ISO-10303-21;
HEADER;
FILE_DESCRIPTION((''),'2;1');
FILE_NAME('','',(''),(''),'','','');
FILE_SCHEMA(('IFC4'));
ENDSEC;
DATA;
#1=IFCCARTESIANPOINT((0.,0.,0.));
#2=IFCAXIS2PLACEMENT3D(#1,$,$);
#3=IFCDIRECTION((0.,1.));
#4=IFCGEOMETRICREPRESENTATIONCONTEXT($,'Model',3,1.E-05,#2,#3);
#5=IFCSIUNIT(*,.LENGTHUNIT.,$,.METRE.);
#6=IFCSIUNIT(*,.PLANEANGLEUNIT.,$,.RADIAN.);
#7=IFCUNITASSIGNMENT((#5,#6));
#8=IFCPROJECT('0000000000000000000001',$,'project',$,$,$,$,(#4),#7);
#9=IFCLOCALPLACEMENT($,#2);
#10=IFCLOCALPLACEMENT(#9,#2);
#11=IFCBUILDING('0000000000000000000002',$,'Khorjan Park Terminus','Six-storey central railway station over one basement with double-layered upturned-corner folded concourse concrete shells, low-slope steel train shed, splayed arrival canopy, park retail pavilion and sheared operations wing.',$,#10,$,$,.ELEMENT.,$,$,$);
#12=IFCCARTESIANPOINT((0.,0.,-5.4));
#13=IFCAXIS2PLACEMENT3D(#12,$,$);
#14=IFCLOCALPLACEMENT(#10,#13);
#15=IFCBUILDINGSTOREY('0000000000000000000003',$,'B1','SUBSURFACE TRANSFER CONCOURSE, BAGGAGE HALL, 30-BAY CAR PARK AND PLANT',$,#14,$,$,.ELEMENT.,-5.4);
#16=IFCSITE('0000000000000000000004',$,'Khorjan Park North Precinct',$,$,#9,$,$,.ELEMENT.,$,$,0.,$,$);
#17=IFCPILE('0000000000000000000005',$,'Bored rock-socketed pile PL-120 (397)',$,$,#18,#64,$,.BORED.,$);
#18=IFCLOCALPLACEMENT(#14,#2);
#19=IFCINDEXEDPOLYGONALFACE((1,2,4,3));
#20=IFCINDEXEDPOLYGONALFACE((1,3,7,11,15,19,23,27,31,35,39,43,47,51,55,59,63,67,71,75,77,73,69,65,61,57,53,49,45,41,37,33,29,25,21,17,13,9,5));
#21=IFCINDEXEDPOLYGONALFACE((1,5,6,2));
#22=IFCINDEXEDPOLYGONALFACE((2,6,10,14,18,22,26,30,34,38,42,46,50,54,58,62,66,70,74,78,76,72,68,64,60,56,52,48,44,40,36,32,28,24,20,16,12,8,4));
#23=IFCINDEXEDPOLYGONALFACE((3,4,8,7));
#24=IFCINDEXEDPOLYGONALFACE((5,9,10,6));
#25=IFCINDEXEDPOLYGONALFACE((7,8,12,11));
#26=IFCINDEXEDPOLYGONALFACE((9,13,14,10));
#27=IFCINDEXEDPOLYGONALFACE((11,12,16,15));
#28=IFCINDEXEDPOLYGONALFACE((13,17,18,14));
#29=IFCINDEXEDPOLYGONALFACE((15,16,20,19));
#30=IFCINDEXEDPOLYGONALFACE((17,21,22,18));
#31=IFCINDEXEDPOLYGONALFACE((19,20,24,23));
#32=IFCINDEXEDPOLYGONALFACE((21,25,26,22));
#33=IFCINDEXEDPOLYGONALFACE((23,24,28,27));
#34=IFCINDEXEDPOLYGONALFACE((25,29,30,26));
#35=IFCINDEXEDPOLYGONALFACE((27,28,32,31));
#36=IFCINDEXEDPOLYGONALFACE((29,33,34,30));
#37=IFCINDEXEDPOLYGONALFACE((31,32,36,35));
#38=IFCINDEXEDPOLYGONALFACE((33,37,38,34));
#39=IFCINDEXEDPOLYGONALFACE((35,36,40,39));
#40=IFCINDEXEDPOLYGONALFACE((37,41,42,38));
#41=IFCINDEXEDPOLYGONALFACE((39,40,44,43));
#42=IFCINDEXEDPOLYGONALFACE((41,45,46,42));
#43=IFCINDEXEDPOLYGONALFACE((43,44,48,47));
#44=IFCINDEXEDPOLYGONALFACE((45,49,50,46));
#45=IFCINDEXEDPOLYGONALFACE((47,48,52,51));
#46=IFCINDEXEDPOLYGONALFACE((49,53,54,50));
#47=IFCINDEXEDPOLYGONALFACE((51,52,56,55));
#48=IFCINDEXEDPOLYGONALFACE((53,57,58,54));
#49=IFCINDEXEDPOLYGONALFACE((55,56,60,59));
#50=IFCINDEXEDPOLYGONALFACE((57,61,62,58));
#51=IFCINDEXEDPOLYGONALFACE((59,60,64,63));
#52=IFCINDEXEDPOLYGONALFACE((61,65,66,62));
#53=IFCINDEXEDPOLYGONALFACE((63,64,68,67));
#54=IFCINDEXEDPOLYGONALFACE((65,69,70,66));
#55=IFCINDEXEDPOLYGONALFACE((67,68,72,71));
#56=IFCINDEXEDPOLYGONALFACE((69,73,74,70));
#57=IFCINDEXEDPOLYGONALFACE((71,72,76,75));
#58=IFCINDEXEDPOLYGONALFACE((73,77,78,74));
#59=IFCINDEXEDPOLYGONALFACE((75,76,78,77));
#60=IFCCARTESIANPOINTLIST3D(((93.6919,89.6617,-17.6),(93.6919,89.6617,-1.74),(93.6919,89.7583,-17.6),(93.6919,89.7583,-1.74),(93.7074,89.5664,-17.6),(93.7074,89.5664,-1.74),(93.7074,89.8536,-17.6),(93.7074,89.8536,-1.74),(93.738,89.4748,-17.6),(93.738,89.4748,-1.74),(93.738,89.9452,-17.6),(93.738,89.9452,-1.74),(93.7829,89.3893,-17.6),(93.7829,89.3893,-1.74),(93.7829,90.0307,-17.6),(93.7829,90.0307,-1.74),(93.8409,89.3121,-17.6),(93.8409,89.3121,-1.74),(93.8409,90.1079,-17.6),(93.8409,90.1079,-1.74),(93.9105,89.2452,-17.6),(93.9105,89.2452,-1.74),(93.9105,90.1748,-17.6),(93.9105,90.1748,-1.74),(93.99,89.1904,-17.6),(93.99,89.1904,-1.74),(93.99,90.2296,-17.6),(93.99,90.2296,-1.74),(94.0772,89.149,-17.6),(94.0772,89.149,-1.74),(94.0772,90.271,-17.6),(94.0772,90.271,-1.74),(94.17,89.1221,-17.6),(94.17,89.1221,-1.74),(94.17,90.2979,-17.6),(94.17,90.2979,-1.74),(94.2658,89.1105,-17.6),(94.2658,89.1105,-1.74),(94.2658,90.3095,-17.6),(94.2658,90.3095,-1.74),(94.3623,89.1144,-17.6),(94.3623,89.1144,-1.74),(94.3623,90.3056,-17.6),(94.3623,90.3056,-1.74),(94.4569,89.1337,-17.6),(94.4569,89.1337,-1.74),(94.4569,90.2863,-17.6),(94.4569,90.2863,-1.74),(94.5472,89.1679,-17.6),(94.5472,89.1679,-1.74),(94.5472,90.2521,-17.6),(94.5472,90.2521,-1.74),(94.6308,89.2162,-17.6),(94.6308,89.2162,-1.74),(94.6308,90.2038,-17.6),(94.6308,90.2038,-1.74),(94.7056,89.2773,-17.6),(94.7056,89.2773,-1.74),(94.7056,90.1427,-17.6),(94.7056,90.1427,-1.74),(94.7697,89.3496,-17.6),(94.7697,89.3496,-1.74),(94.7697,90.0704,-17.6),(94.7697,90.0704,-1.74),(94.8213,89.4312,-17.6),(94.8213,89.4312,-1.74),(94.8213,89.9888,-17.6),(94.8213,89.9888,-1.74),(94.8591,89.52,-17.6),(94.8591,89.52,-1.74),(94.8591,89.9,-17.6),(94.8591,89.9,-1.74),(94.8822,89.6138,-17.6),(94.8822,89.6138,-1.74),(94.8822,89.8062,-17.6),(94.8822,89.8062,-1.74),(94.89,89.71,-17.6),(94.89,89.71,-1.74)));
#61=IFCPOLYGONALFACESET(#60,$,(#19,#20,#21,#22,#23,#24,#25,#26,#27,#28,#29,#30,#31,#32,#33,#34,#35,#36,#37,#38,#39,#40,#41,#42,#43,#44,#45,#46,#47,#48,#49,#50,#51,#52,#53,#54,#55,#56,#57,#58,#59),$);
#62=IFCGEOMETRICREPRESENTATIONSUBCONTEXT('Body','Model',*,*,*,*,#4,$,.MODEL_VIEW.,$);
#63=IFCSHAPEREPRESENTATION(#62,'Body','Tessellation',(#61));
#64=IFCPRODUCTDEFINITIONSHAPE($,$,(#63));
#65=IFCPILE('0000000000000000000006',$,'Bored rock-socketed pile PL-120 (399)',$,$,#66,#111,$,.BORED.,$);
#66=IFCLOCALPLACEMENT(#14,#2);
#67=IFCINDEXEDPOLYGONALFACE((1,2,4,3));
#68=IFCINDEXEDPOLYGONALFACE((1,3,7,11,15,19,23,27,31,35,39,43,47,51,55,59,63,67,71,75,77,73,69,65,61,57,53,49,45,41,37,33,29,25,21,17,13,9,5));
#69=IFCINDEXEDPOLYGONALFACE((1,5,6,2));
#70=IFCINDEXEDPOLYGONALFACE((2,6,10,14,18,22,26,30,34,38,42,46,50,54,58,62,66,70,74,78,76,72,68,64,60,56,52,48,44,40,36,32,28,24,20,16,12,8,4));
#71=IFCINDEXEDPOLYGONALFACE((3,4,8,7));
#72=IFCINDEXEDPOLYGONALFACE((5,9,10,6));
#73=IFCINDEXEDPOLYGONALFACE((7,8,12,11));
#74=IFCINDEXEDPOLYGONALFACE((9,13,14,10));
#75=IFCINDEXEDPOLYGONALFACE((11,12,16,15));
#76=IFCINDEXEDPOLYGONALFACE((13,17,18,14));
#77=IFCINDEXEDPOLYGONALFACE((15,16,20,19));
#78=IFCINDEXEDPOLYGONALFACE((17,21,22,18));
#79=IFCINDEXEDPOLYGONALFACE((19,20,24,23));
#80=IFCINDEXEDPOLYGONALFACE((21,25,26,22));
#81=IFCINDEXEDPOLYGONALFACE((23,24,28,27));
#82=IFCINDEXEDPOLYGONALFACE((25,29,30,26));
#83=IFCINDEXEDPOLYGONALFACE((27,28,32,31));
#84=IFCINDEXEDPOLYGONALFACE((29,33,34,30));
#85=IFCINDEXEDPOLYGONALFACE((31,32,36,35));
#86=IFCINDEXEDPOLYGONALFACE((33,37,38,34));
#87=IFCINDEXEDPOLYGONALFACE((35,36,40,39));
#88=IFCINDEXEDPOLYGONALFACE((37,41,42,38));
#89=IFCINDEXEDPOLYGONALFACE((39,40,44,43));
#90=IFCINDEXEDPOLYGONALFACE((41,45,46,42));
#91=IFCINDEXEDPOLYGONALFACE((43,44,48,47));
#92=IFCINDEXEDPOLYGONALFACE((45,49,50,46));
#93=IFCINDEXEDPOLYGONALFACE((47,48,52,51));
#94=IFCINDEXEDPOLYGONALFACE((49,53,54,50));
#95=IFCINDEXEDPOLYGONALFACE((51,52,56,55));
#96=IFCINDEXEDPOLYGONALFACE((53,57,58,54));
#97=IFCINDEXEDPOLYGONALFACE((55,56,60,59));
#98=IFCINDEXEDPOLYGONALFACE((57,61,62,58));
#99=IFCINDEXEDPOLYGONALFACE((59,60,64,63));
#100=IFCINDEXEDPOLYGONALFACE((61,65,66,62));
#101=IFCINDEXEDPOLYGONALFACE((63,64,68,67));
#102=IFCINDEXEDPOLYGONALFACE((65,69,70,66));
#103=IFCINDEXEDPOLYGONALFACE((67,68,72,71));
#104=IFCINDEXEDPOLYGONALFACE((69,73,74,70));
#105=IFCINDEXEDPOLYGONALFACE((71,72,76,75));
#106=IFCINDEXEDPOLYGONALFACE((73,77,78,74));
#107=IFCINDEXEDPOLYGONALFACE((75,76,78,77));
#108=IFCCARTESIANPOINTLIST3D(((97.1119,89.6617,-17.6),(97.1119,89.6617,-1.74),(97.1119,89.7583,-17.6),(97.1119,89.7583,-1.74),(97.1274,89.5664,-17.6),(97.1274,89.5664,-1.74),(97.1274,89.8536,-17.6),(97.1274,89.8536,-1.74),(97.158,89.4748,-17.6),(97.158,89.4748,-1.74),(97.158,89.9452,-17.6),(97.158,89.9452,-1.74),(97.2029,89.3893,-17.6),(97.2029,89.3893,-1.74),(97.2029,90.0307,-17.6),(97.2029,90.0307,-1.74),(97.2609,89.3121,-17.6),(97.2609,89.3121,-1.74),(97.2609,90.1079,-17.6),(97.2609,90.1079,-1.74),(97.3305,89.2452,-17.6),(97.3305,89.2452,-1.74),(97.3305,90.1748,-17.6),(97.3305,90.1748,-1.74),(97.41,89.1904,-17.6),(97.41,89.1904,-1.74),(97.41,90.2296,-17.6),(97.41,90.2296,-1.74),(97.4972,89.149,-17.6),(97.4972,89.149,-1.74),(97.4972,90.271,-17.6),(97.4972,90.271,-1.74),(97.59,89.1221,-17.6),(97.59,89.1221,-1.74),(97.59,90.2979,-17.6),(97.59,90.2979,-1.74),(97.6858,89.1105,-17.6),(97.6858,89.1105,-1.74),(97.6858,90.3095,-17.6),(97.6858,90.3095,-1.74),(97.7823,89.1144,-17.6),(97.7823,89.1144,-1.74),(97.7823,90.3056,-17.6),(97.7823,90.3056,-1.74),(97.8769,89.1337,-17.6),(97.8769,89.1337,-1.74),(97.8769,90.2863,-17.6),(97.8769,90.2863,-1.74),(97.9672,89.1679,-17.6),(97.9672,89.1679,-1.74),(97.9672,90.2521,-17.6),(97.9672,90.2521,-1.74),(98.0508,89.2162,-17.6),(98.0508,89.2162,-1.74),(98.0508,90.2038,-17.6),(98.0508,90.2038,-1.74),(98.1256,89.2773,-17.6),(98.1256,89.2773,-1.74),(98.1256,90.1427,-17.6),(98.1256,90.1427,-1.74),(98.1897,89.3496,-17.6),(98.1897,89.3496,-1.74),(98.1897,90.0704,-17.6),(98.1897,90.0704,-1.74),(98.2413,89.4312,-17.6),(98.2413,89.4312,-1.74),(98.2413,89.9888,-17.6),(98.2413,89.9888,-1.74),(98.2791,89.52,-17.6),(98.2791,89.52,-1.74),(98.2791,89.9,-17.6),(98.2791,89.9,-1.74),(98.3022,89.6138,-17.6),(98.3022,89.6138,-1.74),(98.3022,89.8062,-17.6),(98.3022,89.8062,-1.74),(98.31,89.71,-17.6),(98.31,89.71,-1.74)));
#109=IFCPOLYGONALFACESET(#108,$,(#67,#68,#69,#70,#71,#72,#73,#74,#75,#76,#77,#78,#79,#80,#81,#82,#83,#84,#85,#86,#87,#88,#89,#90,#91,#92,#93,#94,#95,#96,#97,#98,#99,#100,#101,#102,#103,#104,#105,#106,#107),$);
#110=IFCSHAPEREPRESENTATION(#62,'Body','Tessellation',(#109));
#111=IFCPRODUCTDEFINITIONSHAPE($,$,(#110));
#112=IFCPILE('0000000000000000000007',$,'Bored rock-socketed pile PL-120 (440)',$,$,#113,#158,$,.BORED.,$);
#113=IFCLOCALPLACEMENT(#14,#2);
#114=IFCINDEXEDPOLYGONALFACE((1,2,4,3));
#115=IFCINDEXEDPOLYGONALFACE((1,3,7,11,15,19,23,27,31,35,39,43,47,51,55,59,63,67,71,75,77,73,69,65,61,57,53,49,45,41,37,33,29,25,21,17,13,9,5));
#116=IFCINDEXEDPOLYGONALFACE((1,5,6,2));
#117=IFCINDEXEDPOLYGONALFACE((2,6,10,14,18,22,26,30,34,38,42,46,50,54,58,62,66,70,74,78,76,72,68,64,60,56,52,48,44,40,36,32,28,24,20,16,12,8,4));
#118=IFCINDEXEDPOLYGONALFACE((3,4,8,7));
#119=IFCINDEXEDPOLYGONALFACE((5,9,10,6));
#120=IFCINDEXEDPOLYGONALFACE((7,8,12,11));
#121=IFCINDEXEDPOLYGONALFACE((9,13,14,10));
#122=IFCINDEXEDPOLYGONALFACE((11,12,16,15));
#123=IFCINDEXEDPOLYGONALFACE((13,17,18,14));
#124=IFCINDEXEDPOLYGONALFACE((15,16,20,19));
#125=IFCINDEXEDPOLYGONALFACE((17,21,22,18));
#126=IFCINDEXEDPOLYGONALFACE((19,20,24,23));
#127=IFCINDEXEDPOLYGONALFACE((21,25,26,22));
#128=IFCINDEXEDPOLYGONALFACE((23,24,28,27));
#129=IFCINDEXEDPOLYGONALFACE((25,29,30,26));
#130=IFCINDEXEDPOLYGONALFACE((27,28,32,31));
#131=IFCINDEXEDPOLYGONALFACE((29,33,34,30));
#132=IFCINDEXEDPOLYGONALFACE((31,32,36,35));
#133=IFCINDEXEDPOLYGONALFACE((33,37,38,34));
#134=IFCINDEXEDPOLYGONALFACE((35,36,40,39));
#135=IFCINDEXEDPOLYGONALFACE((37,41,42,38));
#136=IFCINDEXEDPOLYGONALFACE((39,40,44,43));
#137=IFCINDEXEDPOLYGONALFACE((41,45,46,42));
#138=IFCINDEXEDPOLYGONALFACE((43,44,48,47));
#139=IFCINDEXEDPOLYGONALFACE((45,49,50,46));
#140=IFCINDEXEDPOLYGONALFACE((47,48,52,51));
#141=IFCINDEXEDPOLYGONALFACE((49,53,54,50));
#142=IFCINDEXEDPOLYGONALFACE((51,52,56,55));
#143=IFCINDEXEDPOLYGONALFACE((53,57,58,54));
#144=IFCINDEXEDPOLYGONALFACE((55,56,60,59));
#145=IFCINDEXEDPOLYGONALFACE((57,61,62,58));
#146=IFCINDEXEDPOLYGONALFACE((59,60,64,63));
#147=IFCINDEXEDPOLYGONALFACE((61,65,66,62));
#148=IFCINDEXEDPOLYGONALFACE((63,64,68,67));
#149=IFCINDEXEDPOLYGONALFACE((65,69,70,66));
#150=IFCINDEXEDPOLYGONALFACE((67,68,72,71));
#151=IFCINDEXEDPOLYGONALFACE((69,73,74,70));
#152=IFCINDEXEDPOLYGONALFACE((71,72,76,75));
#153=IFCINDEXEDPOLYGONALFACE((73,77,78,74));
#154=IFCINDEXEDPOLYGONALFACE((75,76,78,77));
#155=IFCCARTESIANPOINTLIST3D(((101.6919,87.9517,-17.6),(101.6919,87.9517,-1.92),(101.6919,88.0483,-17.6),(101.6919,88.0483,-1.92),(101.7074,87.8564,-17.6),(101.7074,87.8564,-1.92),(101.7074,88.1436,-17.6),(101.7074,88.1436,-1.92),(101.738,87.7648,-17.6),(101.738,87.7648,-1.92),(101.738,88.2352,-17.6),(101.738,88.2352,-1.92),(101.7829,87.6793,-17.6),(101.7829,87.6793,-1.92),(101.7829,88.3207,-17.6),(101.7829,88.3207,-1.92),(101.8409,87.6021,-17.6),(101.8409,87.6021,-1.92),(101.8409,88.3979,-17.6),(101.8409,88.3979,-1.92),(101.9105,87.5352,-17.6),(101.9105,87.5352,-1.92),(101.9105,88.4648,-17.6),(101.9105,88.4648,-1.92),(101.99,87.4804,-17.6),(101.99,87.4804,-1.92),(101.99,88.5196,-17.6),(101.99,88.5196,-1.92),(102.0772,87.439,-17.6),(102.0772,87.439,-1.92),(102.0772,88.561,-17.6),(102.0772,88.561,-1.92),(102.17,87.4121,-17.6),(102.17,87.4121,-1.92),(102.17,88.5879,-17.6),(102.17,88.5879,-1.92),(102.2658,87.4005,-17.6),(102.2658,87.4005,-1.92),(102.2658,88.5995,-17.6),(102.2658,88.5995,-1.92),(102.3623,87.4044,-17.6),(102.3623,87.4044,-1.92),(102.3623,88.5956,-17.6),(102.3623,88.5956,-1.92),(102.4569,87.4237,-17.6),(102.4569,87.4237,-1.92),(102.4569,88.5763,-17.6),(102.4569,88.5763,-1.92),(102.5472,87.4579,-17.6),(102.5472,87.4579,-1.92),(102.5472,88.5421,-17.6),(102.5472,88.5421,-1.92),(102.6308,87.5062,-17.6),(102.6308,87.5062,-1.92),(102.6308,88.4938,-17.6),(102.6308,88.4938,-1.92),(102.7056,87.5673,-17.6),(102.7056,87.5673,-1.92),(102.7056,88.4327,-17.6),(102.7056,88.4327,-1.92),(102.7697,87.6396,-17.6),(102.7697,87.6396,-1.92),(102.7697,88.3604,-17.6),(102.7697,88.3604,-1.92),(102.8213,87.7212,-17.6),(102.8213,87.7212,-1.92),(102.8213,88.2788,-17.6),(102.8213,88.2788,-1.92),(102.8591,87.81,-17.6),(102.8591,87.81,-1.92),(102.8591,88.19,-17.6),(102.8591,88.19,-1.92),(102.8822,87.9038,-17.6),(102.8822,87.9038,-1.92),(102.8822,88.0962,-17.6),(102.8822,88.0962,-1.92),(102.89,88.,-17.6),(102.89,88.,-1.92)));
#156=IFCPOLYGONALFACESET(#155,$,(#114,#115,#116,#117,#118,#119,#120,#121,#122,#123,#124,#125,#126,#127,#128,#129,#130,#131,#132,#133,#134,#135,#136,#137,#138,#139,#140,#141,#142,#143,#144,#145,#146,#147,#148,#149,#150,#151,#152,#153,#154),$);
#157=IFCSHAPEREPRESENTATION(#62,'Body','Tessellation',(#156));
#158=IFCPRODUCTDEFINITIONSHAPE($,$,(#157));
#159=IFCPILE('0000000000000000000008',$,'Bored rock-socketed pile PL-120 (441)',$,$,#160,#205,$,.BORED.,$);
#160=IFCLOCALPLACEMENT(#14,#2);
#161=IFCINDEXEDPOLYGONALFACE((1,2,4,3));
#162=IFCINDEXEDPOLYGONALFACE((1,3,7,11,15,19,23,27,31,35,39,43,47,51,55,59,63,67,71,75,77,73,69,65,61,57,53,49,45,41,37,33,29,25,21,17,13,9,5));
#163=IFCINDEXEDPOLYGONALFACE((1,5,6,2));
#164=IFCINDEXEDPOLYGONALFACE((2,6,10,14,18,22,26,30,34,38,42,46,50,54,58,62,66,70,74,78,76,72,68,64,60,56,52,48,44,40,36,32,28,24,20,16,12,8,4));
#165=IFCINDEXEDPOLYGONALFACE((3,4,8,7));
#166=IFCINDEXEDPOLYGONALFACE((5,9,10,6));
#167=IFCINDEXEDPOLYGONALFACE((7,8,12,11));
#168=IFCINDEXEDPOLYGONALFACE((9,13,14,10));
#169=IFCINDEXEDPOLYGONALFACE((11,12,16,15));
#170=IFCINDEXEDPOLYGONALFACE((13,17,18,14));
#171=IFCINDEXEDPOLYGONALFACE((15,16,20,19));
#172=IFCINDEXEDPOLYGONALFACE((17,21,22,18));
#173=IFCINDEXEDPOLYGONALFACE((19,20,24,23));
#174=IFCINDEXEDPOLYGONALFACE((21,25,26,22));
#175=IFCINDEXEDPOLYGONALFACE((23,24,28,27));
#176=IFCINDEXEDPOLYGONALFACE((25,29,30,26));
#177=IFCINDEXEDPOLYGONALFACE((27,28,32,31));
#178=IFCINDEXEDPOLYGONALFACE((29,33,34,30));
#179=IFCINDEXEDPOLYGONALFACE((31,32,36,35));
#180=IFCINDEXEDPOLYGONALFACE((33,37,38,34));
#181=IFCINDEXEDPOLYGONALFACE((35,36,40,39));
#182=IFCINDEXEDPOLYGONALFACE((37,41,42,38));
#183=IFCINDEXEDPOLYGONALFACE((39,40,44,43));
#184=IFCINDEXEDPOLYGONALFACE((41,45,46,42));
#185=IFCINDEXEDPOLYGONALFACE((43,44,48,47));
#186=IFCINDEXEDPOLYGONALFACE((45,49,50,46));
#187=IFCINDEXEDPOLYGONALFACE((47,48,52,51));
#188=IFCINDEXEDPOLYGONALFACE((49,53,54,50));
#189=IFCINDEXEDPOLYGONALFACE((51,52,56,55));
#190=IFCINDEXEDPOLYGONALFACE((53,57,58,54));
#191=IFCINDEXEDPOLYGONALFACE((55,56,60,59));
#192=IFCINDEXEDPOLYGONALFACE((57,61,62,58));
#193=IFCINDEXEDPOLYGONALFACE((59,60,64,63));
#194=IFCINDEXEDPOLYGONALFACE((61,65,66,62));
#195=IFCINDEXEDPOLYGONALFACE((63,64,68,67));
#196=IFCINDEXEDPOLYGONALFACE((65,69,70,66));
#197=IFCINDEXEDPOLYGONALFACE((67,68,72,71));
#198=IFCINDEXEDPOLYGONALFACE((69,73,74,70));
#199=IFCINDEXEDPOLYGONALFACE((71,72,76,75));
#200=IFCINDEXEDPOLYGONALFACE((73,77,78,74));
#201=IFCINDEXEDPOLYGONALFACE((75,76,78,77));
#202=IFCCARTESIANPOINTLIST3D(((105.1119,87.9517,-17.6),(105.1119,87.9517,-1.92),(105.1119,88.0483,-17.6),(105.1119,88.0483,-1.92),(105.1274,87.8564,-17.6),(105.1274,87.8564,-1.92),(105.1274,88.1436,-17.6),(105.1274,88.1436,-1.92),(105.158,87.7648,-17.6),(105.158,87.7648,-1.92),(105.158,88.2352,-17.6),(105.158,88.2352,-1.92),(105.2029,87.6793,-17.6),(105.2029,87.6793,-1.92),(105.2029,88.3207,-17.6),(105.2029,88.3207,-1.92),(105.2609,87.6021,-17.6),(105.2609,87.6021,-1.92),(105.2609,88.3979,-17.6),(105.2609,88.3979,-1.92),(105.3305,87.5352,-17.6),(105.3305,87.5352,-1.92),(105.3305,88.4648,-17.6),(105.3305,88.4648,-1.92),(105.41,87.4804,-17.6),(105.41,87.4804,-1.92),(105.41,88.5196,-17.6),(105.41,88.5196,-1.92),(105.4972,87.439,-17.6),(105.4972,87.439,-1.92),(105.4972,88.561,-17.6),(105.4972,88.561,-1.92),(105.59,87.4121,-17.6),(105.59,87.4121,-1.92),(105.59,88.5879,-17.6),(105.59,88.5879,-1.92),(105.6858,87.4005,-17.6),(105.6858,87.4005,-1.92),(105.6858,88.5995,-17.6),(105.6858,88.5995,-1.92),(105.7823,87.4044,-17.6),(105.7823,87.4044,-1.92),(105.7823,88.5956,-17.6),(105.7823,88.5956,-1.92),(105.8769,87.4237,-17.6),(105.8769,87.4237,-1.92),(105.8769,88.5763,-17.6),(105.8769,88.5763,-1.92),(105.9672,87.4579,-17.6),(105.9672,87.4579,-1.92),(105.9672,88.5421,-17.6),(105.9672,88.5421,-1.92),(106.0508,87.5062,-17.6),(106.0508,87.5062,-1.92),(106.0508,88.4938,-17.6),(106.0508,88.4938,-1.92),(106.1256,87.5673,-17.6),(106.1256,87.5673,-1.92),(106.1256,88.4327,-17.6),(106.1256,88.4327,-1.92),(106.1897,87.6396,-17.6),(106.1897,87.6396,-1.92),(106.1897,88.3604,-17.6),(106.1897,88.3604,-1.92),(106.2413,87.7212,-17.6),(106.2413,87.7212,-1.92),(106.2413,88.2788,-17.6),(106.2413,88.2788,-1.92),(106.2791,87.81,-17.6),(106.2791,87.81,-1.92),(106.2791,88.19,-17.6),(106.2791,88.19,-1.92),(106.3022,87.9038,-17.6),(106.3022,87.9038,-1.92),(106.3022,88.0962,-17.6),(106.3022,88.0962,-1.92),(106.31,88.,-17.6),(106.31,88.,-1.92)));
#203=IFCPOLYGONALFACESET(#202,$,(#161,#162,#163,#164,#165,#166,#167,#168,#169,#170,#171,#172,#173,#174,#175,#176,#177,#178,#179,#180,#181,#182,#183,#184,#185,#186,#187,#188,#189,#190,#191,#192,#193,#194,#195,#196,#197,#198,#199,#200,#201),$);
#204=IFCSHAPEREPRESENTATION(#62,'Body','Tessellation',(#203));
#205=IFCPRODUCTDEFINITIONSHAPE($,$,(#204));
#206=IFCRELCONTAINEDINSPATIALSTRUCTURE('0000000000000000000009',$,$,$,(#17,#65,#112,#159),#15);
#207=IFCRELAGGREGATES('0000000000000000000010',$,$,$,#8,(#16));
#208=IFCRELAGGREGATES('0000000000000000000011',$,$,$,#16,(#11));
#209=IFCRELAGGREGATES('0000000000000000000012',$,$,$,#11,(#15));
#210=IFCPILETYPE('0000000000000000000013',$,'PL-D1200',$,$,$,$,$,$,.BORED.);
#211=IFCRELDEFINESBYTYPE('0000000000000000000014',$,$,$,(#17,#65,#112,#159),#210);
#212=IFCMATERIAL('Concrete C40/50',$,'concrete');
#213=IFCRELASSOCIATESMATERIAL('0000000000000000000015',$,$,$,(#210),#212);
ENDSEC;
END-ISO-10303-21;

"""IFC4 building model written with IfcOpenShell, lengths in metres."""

from ifc_helpers import new_model, si_unit, direction, frame, origin, origin_2d, place, context, subcontext, project, spatial, circle, extrude, material, material_profile, profile_set, type_object, element, save


model = new_model("IFC4")

# Units and contexts
model_context = context("Model", 3, precision=1e-05, world=origin(), true_north=direction((0.0, 1.0)))
body_context = subcontext(model_context, "Body", "Model", "MODEL_VIEW")
ifc_project = project(units=[si_unit("LENGTHUNIT", "METRE"), si_unit("PLANEANGLEUNIT", "RADIAN")], contexts=[model_context])

# Site, building, storey
site_placement = place(None, origin())
site = spatial("IfcSite", under=ifc_project, at=site_placement, Name="Khorjan Park North Precinct", CompositionType="ELEMENT", RefElevation=0.0)
building_placement = place(site_placement, origin())
building = spatial("IfcBuilding", under=site, at=building_placement, Name="Khorjan Park Terminus", Description="Six-storey central railway station over one basement with double-layered upturned-corner folded concourse concrete shells, low-slope steel train shed, splayed arrival canopy, park retail pavilion and sheared operations wing.", CompositionType="ELEMENT")
storey_placement = place(building_placement, frame((0.0, 0.0, -5.4)))
storey = spatial("IfcBuildingStorey", under=building, at=storey_placement, Name="B1", Description="SUBSURFACE TRANSFER CONCOURSE, BAGGAGE HALL, 30-BAY CAR PARK AND PLANT", CompositionType="ELEMENT", Elevation=-5.4)

# Shared definitions
ifc_material_1 = material(Name="Concrete C40/50", Category="concrete")

# Piles
ifc_material_profile_1 = material_profile(ifc_material_1, circle(Radius=0.6, at=origin_2d()), Name="BORED D1200")
ifc_profile_set_1 = profile_set([ifc_material_profile_1], Name="Concrete C40/50")
pile_type_1 = type_object("IfcPileType", Name="PL-D1200", PredefinedType="BORED", material=ifc_profile_set_1)
for number, where, z_axis, x_axis, name in (
    (1, (94.29, 89.71, -1.74), (0.0, 0.0, -1.0), (1.0, 0.0, 0.0), "Bored rock-socketed pile PL-120 (397)"),
    (2, (97.71, 89.71, -1.74), (0.0, 0.0, -1.0), (1.0, 0.0, 0.0), "Bored rock-socketed pile PL-120 (399)"),
):
    element("IfcPile", number, at=place(storey_placement, frame(where, z_axis=z_axis, x_axis=x_axis)), inside=storey, type_object=pile_type_1, Name=name, PredefinedType="BORED", context=body_context, shape_type="SweptSolid", body=[
        extrude(circle(Radius=0.6, at=origin_2d()), origin(), (0.0, 0.0, 1.0), 15.86),
    ])
for number, where, z_axis, x_axis, name in (
    (3, (102.29, 88.0, -1.92), (0.0, 0.0, -1.0), (1.0, 0.0, 0.0), "Bored rock-socketed pile PL-120 (440)"),
    (4, (105.71, 88.0, -1.92), (0.0, 0.0, -1.0), (1.0, 0.0, 0.0), "Bored rock-socketed pile PL-120 (441)"),
):
    element("IfcPile", number, at=place(storey_placement, frame(where, z_axis=z_axis, x_axis=x_axis)), inside=storey, type_object=pile_type_1, Name=name, PredefinedType="BORED", context=body_context, shape_type="SweptSolid", body=[
        extrude(circle(Radius=0.6, at=origin_2d()), origin(), (0.0, 0.0, 1.0), 15.68),
    ])

save(model, "model.ifc")
